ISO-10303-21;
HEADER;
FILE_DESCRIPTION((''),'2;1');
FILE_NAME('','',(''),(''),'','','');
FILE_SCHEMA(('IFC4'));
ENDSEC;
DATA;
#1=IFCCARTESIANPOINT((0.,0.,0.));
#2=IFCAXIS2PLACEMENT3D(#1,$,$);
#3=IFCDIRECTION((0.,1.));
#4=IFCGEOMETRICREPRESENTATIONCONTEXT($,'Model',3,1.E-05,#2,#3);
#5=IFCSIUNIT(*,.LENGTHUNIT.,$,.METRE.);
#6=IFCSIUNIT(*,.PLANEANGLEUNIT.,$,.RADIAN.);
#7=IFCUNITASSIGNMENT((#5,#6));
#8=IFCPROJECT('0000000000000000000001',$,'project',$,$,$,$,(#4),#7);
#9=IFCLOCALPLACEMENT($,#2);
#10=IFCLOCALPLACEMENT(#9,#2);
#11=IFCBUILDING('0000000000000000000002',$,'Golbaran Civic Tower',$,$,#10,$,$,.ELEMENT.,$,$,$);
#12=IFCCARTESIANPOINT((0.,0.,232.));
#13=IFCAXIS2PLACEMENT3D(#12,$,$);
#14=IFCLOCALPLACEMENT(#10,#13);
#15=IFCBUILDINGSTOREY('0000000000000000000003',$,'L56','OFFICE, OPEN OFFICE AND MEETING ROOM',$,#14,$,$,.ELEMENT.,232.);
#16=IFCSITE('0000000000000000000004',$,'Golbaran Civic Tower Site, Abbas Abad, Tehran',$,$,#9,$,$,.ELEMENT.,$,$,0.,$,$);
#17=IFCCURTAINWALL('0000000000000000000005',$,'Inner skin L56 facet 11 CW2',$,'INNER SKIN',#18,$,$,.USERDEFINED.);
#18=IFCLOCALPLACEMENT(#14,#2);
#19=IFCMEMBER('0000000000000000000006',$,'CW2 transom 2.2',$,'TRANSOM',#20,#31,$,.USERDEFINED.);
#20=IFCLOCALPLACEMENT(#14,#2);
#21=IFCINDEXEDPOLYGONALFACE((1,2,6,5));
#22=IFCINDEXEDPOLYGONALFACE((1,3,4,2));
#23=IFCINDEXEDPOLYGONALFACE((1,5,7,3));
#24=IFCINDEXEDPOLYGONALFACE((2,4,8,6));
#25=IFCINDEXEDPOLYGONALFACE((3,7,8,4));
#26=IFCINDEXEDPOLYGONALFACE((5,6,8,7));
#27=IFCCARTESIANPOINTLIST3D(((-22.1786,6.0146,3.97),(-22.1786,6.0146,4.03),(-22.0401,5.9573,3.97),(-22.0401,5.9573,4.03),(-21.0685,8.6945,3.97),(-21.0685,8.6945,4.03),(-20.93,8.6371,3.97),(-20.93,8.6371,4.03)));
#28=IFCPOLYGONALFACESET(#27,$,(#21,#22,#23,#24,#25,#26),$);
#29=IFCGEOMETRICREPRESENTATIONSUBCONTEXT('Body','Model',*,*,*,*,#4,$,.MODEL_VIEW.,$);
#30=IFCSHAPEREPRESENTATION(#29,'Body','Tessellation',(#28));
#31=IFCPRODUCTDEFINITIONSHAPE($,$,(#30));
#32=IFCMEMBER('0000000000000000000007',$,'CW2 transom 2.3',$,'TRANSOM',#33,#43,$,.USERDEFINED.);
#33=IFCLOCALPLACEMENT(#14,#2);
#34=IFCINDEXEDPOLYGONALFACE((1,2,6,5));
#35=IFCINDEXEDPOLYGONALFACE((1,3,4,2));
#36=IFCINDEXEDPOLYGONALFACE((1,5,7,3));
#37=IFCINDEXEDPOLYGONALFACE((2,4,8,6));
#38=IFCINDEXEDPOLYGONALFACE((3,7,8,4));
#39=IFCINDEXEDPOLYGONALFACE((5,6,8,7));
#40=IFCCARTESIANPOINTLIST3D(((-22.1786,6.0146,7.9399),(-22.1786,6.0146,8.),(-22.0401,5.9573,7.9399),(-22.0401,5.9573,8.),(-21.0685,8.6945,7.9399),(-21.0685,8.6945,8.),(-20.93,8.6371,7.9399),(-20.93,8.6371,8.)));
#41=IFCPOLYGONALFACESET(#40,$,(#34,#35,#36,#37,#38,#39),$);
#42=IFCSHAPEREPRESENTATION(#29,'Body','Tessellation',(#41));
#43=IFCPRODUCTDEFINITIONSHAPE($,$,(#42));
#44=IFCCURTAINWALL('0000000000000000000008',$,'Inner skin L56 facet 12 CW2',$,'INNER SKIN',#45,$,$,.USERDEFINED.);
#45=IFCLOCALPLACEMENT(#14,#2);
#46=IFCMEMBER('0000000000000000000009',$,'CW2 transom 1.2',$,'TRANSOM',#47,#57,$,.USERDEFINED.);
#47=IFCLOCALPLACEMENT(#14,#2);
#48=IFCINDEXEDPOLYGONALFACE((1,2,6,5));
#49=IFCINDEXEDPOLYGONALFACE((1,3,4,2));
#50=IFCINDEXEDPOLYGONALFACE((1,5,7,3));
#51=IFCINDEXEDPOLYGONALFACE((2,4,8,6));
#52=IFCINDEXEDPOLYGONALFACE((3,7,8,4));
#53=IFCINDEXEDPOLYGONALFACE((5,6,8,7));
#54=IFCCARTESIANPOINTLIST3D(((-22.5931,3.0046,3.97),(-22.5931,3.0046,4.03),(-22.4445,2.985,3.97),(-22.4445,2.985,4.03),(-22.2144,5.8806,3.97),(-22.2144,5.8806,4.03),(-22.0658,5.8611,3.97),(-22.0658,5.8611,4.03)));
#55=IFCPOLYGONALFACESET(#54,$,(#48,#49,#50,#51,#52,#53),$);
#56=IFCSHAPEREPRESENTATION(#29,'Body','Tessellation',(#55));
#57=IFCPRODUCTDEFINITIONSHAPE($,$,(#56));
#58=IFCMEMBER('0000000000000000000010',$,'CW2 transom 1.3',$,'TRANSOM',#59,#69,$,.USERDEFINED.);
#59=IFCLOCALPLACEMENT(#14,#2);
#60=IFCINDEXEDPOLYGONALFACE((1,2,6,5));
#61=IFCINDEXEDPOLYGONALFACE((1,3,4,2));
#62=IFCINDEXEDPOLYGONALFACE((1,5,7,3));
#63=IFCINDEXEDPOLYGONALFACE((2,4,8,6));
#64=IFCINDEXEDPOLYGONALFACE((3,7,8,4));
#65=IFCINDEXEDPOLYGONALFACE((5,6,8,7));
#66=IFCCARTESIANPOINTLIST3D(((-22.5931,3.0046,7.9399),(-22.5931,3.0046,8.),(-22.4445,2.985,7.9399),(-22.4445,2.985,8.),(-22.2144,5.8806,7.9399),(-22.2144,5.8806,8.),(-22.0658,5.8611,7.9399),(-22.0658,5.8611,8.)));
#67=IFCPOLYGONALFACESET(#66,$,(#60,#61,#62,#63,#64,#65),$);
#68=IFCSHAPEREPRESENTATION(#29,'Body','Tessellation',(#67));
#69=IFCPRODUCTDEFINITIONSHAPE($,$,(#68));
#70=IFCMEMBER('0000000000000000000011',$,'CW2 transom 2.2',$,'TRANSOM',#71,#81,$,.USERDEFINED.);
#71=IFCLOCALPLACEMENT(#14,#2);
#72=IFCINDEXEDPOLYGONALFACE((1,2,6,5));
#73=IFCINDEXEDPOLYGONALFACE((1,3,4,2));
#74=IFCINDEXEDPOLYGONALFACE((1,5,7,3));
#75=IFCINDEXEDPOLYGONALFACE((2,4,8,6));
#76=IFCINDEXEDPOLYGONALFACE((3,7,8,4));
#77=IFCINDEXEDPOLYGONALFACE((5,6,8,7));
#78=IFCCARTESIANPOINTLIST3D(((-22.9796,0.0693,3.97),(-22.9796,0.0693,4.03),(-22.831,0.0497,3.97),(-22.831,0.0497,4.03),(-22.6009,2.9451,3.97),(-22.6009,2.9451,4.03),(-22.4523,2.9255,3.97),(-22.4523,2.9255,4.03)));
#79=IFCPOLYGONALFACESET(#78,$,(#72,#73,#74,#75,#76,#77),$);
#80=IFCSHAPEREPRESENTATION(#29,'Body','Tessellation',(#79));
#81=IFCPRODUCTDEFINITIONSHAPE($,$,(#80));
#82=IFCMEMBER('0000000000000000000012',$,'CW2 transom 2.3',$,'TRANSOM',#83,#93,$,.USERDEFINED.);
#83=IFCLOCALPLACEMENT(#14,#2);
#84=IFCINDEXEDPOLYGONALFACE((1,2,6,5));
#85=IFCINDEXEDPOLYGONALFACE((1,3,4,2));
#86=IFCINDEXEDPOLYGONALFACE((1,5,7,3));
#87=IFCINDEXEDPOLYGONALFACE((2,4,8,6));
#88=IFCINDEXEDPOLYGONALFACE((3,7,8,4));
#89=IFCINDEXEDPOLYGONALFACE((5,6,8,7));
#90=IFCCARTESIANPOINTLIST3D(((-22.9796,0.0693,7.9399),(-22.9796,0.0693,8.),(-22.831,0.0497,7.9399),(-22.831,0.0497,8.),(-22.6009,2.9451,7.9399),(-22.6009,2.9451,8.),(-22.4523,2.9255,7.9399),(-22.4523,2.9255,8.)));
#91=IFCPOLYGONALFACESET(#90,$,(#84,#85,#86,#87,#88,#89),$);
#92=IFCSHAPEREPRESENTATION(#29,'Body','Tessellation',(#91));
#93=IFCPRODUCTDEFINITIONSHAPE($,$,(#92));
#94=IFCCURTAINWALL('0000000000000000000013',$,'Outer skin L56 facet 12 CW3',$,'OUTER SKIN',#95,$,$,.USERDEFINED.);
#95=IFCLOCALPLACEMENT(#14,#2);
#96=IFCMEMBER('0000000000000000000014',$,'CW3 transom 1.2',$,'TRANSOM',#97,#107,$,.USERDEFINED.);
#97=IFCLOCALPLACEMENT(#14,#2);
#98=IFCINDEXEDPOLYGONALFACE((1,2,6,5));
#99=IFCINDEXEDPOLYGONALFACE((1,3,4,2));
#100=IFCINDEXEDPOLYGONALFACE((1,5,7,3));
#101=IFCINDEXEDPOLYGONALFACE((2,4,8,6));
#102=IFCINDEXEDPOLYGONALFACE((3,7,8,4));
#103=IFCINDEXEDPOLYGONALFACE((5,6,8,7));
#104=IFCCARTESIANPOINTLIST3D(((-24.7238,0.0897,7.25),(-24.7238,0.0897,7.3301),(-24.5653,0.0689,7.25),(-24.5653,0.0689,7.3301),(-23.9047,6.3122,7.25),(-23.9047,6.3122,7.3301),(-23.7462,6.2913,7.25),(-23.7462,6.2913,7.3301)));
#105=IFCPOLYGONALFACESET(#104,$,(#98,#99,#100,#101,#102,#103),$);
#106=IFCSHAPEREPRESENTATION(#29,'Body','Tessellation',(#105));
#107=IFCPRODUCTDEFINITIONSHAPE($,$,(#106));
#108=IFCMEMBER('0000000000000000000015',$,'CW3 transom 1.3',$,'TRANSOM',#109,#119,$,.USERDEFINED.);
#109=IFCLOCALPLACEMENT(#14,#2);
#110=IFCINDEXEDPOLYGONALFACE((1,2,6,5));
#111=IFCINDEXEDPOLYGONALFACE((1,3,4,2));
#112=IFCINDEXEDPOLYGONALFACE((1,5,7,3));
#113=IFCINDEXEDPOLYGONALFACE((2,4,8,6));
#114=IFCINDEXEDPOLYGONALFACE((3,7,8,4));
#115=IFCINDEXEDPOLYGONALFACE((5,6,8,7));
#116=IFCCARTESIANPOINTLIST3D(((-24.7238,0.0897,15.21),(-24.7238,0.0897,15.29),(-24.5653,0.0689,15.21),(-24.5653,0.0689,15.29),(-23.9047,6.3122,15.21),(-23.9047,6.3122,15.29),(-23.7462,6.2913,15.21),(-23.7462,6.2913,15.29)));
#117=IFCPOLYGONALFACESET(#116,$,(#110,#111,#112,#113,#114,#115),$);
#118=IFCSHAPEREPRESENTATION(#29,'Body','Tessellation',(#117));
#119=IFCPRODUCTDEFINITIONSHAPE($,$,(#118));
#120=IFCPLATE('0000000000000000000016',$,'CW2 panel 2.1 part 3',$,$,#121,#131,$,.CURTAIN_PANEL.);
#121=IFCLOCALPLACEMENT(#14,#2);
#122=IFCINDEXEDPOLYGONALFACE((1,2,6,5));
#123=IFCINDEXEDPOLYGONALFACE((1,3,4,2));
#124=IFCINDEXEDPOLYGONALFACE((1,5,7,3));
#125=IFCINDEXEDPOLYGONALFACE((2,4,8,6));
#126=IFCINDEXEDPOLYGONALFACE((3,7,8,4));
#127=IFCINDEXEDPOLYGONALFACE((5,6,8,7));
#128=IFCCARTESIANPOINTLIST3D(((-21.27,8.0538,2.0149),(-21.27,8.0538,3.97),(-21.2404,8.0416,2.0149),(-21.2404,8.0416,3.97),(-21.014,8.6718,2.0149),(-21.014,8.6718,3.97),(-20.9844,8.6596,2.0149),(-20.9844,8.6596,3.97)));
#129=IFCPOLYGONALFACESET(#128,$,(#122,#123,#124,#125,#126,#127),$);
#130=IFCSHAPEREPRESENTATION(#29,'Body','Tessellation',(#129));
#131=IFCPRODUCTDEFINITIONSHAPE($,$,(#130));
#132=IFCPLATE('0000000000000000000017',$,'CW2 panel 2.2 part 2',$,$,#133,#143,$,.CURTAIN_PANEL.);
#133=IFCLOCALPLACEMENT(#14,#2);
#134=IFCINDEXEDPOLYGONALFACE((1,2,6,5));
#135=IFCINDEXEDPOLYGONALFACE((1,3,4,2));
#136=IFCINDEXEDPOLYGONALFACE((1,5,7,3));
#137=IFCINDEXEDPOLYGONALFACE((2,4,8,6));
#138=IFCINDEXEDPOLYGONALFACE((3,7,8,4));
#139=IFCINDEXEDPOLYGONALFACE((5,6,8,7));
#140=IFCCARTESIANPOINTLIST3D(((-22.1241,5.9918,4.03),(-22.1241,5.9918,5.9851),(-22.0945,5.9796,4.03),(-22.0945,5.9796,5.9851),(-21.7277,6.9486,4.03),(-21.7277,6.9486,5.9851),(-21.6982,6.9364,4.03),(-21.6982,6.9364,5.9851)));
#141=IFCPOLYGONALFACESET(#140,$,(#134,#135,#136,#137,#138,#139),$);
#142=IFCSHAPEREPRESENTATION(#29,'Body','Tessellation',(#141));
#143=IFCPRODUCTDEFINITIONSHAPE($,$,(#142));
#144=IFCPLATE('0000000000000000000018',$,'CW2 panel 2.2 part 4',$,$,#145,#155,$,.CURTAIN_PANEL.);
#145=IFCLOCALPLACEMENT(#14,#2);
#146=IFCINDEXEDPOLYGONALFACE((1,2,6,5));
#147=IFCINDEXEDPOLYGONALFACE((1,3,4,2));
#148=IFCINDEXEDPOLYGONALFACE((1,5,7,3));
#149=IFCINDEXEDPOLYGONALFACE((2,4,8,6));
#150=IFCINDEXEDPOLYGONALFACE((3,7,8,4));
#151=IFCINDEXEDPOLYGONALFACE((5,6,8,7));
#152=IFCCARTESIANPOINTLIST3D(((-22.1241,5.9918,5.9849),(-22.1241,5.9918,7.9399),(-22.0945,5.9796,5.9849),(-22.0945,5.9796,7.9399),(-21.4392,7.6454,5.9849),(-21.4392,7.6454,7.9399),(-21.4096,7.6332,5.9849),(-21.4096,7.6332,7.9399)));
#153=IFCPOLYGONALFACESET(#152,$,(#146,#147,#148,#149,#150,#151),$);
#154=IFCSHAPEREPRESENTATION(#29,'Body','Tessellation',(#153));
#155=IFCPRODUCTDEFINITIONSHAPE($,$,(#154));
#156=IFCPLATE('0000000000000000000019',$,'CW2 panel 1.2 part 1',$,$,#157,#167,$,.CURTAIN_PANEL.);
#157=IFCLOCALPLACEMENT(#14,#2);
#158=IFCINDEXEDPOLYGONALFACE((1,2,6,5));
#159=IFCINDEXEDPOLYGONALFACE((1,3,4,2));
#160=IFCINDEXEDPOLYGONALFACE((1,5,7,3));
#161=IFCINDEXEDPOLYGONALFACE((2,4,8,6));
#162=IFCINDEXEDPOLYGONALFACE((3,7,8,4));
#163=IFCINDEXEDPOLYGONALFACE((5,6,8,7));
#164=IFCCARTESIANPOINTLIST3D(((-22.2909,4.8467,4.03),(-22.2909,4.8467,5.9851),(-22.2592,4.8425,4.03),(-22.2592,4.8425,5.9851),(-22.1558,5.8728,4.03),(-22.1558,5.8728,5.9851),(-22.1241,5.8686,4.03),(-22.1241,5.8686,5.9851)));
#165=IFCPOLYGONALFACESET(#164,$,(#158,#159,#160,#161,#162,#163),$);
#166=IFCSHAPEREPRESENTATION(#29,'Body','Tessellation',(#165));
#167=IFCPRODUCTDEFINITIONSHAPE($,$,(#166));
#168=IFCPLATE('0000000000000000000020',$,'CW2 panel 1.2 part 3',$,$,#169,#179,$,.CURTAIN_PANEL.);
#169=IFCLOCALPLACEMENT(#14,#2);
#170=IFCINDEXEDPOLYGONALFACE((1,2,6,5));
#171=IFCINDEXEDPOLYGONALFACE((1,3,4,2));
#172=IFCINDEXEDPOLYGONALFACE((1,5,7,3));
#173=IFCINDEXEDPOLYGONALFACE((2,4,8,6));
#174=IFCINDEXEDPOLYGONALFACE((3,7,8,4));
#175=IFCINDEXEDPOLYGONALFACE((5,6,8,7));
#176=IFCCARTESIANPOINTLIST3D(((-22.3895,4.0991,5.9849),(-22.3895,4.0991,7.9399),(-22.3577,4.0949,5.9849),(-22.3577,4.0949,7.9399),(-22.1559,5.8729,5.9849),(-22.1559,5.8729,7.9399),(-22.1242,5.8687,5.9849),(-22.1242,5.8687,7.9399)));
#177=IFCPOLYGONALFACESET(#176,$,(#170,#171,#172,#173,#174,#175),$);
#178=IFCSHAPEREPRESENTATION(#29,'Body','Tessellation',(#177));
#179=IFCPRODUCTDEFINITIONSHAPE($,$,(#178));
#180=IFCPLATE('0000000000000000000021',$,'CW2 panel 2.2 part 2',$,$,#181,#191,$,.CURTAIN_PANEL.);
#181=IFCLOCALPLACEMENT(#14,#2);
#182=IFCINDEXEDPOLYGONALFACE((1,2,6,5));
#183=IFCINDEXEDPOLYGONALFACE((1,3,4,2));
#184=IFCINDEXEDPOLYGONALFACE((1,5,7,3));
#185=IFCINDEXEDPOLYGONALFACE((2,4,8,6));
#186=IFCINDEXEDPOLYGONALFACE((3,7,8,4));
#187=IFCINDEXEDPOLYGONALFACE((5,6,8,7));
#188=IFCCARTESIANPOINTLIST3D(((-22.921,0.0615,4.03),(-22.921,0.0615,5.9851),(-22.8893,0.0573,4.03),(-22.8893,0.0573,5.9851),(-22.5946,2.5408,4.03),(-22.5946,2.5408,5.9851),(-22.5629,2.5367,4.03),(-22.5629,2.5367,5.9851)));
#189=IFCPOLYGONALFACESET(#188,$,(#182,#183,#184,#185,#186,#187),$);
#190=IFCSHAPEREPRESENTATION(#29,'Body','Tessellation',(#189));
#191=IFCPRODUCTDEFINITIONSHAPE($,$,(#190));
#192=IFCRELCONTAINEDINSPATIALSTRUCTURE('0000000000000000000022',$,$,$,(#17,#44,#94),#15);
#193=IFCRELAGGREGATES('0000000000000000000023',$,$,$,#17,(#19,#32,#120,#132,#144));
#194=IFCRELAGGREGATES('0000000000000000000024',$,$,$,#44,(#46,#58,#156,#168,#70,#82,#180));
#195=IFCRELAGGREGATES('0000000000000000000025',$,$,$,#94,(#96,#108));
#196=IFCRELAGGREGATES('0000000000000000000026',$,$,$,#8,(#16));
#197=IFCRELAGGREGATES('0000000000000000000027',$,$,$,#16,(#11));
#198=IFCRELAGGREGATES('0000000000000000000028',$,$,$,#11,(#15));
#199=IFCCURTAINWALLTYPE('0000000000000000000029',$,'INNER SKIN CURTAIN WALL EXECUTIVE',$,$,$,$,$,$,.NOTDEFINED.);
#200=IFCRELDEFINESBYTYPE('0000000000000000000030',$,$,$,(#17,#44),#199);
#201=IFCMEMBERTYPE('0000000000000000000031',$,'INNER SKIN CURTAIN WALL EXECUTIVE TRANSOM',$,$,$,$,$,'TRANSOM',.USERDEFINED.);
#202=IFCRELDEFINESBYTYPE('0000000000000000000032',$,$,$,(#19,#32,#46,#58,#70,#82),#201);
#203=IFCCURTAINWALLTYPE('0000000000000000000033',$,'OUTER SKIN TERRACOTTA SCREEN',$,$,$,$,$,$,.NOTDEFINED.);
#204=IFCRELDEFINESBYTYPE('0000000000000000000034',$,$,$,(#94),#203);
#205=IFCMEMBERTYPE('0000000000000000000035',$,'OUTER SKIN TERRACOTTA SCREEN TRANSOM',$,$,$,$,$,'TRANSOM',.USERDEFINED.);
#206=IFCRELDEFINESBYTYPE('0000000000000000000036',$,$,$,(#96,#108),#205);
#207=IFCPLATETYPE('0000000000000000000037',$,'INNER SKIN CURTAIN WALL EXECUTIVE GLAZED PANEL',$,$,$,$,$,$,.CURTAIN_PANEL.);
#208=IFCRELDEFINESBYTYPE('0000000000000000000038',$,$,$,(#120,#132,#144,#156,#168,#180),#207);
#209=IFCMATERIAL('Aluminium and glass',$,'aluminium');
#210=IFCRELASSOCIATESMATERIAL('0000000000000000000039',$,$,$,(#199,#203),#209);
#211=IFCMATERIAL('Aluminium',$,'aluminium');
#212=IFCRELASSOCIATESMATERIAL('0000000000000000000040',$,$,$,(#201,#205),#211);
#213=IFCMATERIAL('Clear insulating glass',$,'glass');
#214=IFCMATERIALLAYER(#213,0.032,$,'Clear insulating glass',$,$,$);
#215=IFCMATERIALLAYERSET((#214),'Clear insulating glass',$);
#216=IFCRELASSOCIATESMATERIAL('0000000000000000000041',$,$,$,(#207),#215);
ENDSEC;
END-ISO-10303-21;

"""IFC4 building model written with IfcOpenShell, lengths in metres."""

from ifc_helpers import new_model, si_unit, direction, frame, origin, origin_2d, place, context, subcontext, project, spatial, rectangle, extrude, material, layer, layer_set, material_profile, profile_set, type_object, element, aggregate, save


model = new_model("IFC4")

# Units and contexts
model_context = context("Model", 3, precision=1e-05, world=origin(), true_north=direction((0.0, 1.0)))
body_context = subcontext(model_context, "Body", "Model", "MODEL_VIEW")
ifc_project = project(units=[si_unit("LENGTHUNIT", "METRE"), si_unit("PLANEANGLEUNIT", "RADIAN")], contexts=[model_context])

# Site, building, storey
site_placement = place(None, origin())
site = spatial("IfcSite", under=ifc_project, at=site_placement, Name="Golbaran Civic Tower Site, Abbas Abad, Tehran", CompositionType="ELEMENT", RefElevation=0.0)
building_placement = place(site_placement, origin())
building = spatial("IfcBuilding", under=site, at=building_placement, Name="Golbaran Civic Tower", CompositionType="ELEMENT")
storey_placement = place(building_placement, frame((0.0, 0.0, 232.0)))
storey = spatial("IfcBuildingStorey", under=building, at=storey_placement, Name="L56", Description="OFFICE, OPEN OFFICE AND MEETING ROOM", CompositionType="ELEMENT", Elevation=232.0)

# Curtain walls, members
ifc_material_1 = material(Name="Aluminium and glass", Category="aluminium")
curtain_wall_type_1 = type_object("IfcCurtainWallType", Name="INNER SKIN CURTAIN WALL EXECUTIVE", PredefinedType="NOTDEFINED", material=ifc_material_1)
curtain_wall_1_placement = place(storey_placement, origin())
curtain_wall_1 = element("IfcCurtainWall", 1, at=curtain_wall_1_placement, inside=storey, type_object=curtain_wall_type_1, Name="Inner skin L56 facet 11 CW2", ObjectType="INNER SKIN", PredefinedType="USERDEFINED")
ifc_material_2 = material(Name="Aluminium", Category="aluminium")
ifc_material_profile_1 = material_profile(ifc_material_2, rectangle(XDim=0.1499, YDim=0.0601, at=origin_2d()), Name="INNER SKIN CURTAIN WALL EXECUTIVE TRANSOM")
ifc_profile_set_1 = profile_set([ifc_material_profile_1], Name="Aluminium")
member_type_1 = type_object("IfcMemberType", Name="INNER SKIN CURTAIN WALL EXECUTIVE TRANSOM", ElementType="TRANSOM", PredefinedType="USERDEFINED", material=ifc_profile_set_1)
member_1_placement = place(storey_placement, frame((-20.9993, 8.6658, 4.0), z_axis=(-0.382696, -0.923874, 0.0), x_axis=(0.923874, -0.382696, 0.0)))
member_1 = element("IfcMember", 2, at=member_1_placement, type_object=member_type_1, Name="CW2 transom 2.2", ObjectType="TRANSOM", PredefinedType="USERDEFINED", context=body_context, shape_type="SweptSolid", body=[
    extrude(rectangle(XDim=0.1499, YDim=0.0601, at=origin_2d()), origin(), (0.0, 0.0, 1.0), 2.9006),
])
member_2_placement = place(storey_placement, frame((-20.9993, 8.6658, 7.97), z_axis=(-0.382696, -0.923874, 0.0), x_axis=(0.923874, -0.382696, 0.0)))
member_2 = element("IfcMember", 3, at=member_2_placement, type_object=member_type_1, Name="CW2 transom 2.3", ObjectType="TRANSOM", PredefinedType="USERDEFINED", context=body_context, shape_type="SweptSolid", body=[
    extrude(rectangle(XDim=0.1499, YDim=0.0601, at=origin_2d()), origin(), (0.0, 0.0, 1.0), 2.9006),
])
curtain_wall_2_placement = place(storey_placement, origin())
curtain_wall_2 = element("IfcCurtainWall", 4, at=curtain_wall_2_placement, inside=storey, type_object=curtain_wall_type_1, Name="Inner skin L56 facet 12 CW2", ObjectType="INNER SKIN", PredefinedType="USERDEFINED")
member_3_placement = place(storey_placement, frame((-22.1401, 5.8708, 4.0), z_axis=(-0.130537, -0.991443, 0.0), x_axis=(0.991443, -0.130537, 0.0)))
member_3 = element("IfcMember", 5, at=member_3_placement, type_object=member_type_1, Name="CW2 transom 1.2", ObjectType="TRANSOM", PredefinedType="USERDEFINED", context=body_context, shape_type="SweptSolid", body=[
    extrude(rectangle(XDim=0.1499, YDim=0.0601, at=origin_2d()), origin(), (0.0, 0.0, 1.0), 2.9009),
])
member_4_placement = place(storey_placement, frame((-22.1401, 5.8708, 7.97), z_axis=(-0.130537, -0.991443, 0.0), x_axis=(0.991443, -0.130537, 0.0)))
member_4 = element("IfcMember", 6, at=member_4_placement, type_object=member_type_1, Name="CW2 transom 1.3", ObjectType="TRANSOM", PredefinedType="USERDEFINED", context=body_context, shape_type="SweptSolid", body=[
    extrude(rectangle(XDim=0.1499, YDim=0.0601, at=origin_2d()), origin(), (0.0, 0.0, 1.0), 2.9009),
])
member_5_placement = place(storey_placement, frame((-22.5266, 2.9353, 4.0), z_axis=(-0.130548, -0.991442, 0.0), x_axis=(0.991442, -0.130548, 0.0)))
member_5 = element("IfcMember", 7, at=member_5_placement, type_object=member_type_1, Name="CW2 transom 2.2", ObjectType="TRANSOM", PredefinedType="USERDEFINED", context=body_context, shape_type="SweptSolid", body=[
    extrude(rectangle(XDim=0.1499, YDim=0.0601, at=origin_2d()), origin(), (0.0, 0.0, 1.0), 2.9006),
])
member_6_placement = place(storey_placement, frame((-22.5266, 2.9353, 7.97), z_axis=(-0.130548, -0.991442, 0.0), x_axis=(0.991442, -0.130548, 0.0)))
member_6 = element("IfcMember", 8, at=member_6_placement, type_object=member_type_1, Name="CW2 transom 2.3", ObjectType="TRANSOM", PredefinedType="USERDEFINED", context=body_context, shape_type="SweptSolid", body=[
    extrude(rectangle(XDim=0.1499, YDim=0.0601, at=origin_2d()), origin(), (0.0, 0.0, 1.0), 2.9006),
])
curtain_wall_type_2 = type_object("IfcCurtainWallType", Name="OUTER SKIN TERRACOTTA SCREEN", PredefinedType="NOTDEFINED", material=ifc_material_1)
curtain_wall_3_placement = place(storey_placement, origin())
curtain_wall_3 = element("IfcCurtainWall", 9, at=curtain_wall_3_placement, inside=storey, type_object=curtain_wall_type_2, Name="Outer skin L56 facet 12 CW3", ObjectType="OUTER SKIN", PredefinedType="USERDEFINED")
ifc_material_profile_2 = material_profile(ifc_material_2, rectangle(XDim=0.1599, YDim=0.0801, at=origin_2d()), Name="OUTER SKIN TERRACOTTA SCREEN TRANSOM")
ifc_profile_set_2 = profile_set([ifc_material_profile_2], Name="Aluminium")
member_type_2 = type_object("IfcMemberType", Name="OUTER SKIN TERRACOTTA SCREEN TRANSOM", ElementType="TRANSOM", PredefinedType="USERDEFINED", material=ifc_profile_set_2)
member_7_placement = place(storey_placement, frame((-23.8254, 6.3018, 7.29), z_axis=(-0.13051, -0.991447, 0.0), x_axis=(0.991447, -0.13051, 0.0)))
member_7 = element("IfcMember", 10, at=member_7_placement, type_object=member_type_2, Name="CW3 transom 1.2", ObjectType="TRANSOM", PredefinedType="USERDEFINED", context=body_context, shape_type="SweptSolid", body=[
    extrude(rectangle(XDim=0.1599, YDim=0.0801, at=origin_2d()), origin(), (0.0, 0.0, 1.0), 6.2761),
])
member_8_placement = place(storey_placement, frame((-23.8254, 6.3018, 15.25), z_axis=(-0.13051, -0.991447, 0.0), x_axis=(0.991447, -0.13051, 0.0)))
member_8 = element("IfcMember", 11, at=member_8_placement, type_object=member_type_2, Name="CW3 transom 1.3", ObjectType="TRANSOM", PredefinedType="USERDEFINED", context=body_context, shape_type="SweptSolid", body=[
    extrude(rectangle(XDim=0.1599, YDim=0.0801, at=origin_2d()), origin(), (0.0, 0.0, 1.0), 6.2761),
])

# Plates
ifc_material_3 = material(Name="Clear insulating glass", Category="glass")
ifc_layer_1 = layer(ifc_material_3, 0.032, Name="Clear insulating glass")
ifc_layer_set_1 = layer_set([ifc_layer_1], Name="Clear insulating glass")
plate_type_1 = type_object("IfcPlateType", Name="INNER SKIN CURTAIN WALL EXECUTIVE GLAZED PANEL", PredefinedType="CURTAIN_PANEL", material=ifc_layer_set_1)
plate_1_placement = place(storey_placement, frame((-21.1272, 8.3567, 2.0149), z_axis=(0.0, 0.0, 1.0), x_axis=(-0.382683, -0.92388, 0.0)))
plate_1 = element("IfcPlate", 12, at=plate_1_placement, type_object=plate_type_1, Name="CW2 panel 2.1 part 3", PredefinedType="CURTAIN_PANEL", context=body_context, shape_type="SweptSolid", body=[
    extrude(rectangle(XDim=0.6689, YDim=0.032, at=origin_2d()), origin(), (0.0, 0.0, 1.0), 1.9551),
])
plate_2_placement = place(storey_placement, frame((-21.9111, 6.4641, 4.03), z_axis=(0.0, 0.0, 1.0), x_axis=(-0.382683, -0.92388, 0.0)))
plate_2 = element("IfcPlate", 13, at=plate_2_placement, type_object=plate_type_1, Name="CW2 panel 2.2 part 2", PredefinedType="CURTAIN_PANEL", context=body_context, shape_type="SweptSolid", body=[
    extrude(rectangle(XDim=1.0356, YDim=0.032, at=origin_2d()), origin(), (0.0, 0.0, 1.0), 1.9551),
])
plate_3_placement = place(storey_placement, frame((-21.7668, 6.8125, 5.9849), z_axis=(0.0, 0.0, 1.0), x_axis=(-0.382683, -0.92388, 0.0)))
plate_3 = element("IfcPlate", 14, at=plate_3_placement, type_object=plate_type_1, Name="CW2 panel 2.2 part 4", PredefinedType="CURTAIN_PANEL", context=body_context, shape_type="SweptSolid", body=[
    extrude(rectangle(XDim=1.7898, YDim=0.032, at=origin_2d()), origin(), (0.0, 0.0, 1.0), 1.9551),
])
plate_4_placement = place(storey_placement, frame((-22.2075, 5.3577, 4.03), z_axis=(0.0, 0.0, 1.0), x_axis=(-0.130526, -0.991445, 0.0)))
plate_4 = element("IfcPlate", 15, at=plate_4_placement, type_object=plate_type_1, Name="CW2 panel 1.2 part 1", PredefinedType="CURTAIN_PANEL", context=body_context, shape_type="SweptSolid", body=[
    extrude(rectangle(XDim=1.0349, YDim=0.032, at=origin_2d()), origin(), (0.0, 0.0, 1.0), 1.9551),
])
plate_5_placement = place(storey_placement, frame((-22.2568, 4.9839, 5.9849), z_axis=(0.0, 0.0, 1.0), x_axis=(-0.130526, -0.991445, 0.0)))
plate_5 = element("IfcPlate", 16, at=plate_5_placement, type_object=plate_type_1, Name="CW2 panel 1.2 part 3", PredefinedType="CURTAIN_PANEL", context=body_context, shape_type="SweptSolid", body=[
    extrude(rectangle(XDim=1.7891, YDim=0.032, at=origin_2d()), origin(), (0.0, 0.0, 1.0), 1.9551),
])
plate_6_placement = place(storey_placement, frame((-22.7419, 1.2991, 4.03), z_axis=(0.0, 0.0, 1.0), x_axis=(-0.130526, -0.991445, 0.0)))
plate_6 = element("IfcPlate", 17, at=plate_6_placement, type_object=plate_type_1, Name="CW2 panel 2.2 part 2", PredefinedType="CURTAIN_PANEL", context=body_context, shape_type="SweptSolid", body=[
    extrude(rectangle(XDim=2.5007, YDim=0.032, at=origin_2d()), origin(), (0.0, 0.0, 1.0), 1.9551),
])
aggregate(curtain_wall_1, [member_1, member_2, plate_1, plate_2, plate_3])
aggregate(curtain_wall_2, [member_3, member_4, plate_4, plate_5, member_5, member_6, plate_6])
aggregate(curtain_wall_3, [member_7, member_8])

save(model, "model.ifc")
